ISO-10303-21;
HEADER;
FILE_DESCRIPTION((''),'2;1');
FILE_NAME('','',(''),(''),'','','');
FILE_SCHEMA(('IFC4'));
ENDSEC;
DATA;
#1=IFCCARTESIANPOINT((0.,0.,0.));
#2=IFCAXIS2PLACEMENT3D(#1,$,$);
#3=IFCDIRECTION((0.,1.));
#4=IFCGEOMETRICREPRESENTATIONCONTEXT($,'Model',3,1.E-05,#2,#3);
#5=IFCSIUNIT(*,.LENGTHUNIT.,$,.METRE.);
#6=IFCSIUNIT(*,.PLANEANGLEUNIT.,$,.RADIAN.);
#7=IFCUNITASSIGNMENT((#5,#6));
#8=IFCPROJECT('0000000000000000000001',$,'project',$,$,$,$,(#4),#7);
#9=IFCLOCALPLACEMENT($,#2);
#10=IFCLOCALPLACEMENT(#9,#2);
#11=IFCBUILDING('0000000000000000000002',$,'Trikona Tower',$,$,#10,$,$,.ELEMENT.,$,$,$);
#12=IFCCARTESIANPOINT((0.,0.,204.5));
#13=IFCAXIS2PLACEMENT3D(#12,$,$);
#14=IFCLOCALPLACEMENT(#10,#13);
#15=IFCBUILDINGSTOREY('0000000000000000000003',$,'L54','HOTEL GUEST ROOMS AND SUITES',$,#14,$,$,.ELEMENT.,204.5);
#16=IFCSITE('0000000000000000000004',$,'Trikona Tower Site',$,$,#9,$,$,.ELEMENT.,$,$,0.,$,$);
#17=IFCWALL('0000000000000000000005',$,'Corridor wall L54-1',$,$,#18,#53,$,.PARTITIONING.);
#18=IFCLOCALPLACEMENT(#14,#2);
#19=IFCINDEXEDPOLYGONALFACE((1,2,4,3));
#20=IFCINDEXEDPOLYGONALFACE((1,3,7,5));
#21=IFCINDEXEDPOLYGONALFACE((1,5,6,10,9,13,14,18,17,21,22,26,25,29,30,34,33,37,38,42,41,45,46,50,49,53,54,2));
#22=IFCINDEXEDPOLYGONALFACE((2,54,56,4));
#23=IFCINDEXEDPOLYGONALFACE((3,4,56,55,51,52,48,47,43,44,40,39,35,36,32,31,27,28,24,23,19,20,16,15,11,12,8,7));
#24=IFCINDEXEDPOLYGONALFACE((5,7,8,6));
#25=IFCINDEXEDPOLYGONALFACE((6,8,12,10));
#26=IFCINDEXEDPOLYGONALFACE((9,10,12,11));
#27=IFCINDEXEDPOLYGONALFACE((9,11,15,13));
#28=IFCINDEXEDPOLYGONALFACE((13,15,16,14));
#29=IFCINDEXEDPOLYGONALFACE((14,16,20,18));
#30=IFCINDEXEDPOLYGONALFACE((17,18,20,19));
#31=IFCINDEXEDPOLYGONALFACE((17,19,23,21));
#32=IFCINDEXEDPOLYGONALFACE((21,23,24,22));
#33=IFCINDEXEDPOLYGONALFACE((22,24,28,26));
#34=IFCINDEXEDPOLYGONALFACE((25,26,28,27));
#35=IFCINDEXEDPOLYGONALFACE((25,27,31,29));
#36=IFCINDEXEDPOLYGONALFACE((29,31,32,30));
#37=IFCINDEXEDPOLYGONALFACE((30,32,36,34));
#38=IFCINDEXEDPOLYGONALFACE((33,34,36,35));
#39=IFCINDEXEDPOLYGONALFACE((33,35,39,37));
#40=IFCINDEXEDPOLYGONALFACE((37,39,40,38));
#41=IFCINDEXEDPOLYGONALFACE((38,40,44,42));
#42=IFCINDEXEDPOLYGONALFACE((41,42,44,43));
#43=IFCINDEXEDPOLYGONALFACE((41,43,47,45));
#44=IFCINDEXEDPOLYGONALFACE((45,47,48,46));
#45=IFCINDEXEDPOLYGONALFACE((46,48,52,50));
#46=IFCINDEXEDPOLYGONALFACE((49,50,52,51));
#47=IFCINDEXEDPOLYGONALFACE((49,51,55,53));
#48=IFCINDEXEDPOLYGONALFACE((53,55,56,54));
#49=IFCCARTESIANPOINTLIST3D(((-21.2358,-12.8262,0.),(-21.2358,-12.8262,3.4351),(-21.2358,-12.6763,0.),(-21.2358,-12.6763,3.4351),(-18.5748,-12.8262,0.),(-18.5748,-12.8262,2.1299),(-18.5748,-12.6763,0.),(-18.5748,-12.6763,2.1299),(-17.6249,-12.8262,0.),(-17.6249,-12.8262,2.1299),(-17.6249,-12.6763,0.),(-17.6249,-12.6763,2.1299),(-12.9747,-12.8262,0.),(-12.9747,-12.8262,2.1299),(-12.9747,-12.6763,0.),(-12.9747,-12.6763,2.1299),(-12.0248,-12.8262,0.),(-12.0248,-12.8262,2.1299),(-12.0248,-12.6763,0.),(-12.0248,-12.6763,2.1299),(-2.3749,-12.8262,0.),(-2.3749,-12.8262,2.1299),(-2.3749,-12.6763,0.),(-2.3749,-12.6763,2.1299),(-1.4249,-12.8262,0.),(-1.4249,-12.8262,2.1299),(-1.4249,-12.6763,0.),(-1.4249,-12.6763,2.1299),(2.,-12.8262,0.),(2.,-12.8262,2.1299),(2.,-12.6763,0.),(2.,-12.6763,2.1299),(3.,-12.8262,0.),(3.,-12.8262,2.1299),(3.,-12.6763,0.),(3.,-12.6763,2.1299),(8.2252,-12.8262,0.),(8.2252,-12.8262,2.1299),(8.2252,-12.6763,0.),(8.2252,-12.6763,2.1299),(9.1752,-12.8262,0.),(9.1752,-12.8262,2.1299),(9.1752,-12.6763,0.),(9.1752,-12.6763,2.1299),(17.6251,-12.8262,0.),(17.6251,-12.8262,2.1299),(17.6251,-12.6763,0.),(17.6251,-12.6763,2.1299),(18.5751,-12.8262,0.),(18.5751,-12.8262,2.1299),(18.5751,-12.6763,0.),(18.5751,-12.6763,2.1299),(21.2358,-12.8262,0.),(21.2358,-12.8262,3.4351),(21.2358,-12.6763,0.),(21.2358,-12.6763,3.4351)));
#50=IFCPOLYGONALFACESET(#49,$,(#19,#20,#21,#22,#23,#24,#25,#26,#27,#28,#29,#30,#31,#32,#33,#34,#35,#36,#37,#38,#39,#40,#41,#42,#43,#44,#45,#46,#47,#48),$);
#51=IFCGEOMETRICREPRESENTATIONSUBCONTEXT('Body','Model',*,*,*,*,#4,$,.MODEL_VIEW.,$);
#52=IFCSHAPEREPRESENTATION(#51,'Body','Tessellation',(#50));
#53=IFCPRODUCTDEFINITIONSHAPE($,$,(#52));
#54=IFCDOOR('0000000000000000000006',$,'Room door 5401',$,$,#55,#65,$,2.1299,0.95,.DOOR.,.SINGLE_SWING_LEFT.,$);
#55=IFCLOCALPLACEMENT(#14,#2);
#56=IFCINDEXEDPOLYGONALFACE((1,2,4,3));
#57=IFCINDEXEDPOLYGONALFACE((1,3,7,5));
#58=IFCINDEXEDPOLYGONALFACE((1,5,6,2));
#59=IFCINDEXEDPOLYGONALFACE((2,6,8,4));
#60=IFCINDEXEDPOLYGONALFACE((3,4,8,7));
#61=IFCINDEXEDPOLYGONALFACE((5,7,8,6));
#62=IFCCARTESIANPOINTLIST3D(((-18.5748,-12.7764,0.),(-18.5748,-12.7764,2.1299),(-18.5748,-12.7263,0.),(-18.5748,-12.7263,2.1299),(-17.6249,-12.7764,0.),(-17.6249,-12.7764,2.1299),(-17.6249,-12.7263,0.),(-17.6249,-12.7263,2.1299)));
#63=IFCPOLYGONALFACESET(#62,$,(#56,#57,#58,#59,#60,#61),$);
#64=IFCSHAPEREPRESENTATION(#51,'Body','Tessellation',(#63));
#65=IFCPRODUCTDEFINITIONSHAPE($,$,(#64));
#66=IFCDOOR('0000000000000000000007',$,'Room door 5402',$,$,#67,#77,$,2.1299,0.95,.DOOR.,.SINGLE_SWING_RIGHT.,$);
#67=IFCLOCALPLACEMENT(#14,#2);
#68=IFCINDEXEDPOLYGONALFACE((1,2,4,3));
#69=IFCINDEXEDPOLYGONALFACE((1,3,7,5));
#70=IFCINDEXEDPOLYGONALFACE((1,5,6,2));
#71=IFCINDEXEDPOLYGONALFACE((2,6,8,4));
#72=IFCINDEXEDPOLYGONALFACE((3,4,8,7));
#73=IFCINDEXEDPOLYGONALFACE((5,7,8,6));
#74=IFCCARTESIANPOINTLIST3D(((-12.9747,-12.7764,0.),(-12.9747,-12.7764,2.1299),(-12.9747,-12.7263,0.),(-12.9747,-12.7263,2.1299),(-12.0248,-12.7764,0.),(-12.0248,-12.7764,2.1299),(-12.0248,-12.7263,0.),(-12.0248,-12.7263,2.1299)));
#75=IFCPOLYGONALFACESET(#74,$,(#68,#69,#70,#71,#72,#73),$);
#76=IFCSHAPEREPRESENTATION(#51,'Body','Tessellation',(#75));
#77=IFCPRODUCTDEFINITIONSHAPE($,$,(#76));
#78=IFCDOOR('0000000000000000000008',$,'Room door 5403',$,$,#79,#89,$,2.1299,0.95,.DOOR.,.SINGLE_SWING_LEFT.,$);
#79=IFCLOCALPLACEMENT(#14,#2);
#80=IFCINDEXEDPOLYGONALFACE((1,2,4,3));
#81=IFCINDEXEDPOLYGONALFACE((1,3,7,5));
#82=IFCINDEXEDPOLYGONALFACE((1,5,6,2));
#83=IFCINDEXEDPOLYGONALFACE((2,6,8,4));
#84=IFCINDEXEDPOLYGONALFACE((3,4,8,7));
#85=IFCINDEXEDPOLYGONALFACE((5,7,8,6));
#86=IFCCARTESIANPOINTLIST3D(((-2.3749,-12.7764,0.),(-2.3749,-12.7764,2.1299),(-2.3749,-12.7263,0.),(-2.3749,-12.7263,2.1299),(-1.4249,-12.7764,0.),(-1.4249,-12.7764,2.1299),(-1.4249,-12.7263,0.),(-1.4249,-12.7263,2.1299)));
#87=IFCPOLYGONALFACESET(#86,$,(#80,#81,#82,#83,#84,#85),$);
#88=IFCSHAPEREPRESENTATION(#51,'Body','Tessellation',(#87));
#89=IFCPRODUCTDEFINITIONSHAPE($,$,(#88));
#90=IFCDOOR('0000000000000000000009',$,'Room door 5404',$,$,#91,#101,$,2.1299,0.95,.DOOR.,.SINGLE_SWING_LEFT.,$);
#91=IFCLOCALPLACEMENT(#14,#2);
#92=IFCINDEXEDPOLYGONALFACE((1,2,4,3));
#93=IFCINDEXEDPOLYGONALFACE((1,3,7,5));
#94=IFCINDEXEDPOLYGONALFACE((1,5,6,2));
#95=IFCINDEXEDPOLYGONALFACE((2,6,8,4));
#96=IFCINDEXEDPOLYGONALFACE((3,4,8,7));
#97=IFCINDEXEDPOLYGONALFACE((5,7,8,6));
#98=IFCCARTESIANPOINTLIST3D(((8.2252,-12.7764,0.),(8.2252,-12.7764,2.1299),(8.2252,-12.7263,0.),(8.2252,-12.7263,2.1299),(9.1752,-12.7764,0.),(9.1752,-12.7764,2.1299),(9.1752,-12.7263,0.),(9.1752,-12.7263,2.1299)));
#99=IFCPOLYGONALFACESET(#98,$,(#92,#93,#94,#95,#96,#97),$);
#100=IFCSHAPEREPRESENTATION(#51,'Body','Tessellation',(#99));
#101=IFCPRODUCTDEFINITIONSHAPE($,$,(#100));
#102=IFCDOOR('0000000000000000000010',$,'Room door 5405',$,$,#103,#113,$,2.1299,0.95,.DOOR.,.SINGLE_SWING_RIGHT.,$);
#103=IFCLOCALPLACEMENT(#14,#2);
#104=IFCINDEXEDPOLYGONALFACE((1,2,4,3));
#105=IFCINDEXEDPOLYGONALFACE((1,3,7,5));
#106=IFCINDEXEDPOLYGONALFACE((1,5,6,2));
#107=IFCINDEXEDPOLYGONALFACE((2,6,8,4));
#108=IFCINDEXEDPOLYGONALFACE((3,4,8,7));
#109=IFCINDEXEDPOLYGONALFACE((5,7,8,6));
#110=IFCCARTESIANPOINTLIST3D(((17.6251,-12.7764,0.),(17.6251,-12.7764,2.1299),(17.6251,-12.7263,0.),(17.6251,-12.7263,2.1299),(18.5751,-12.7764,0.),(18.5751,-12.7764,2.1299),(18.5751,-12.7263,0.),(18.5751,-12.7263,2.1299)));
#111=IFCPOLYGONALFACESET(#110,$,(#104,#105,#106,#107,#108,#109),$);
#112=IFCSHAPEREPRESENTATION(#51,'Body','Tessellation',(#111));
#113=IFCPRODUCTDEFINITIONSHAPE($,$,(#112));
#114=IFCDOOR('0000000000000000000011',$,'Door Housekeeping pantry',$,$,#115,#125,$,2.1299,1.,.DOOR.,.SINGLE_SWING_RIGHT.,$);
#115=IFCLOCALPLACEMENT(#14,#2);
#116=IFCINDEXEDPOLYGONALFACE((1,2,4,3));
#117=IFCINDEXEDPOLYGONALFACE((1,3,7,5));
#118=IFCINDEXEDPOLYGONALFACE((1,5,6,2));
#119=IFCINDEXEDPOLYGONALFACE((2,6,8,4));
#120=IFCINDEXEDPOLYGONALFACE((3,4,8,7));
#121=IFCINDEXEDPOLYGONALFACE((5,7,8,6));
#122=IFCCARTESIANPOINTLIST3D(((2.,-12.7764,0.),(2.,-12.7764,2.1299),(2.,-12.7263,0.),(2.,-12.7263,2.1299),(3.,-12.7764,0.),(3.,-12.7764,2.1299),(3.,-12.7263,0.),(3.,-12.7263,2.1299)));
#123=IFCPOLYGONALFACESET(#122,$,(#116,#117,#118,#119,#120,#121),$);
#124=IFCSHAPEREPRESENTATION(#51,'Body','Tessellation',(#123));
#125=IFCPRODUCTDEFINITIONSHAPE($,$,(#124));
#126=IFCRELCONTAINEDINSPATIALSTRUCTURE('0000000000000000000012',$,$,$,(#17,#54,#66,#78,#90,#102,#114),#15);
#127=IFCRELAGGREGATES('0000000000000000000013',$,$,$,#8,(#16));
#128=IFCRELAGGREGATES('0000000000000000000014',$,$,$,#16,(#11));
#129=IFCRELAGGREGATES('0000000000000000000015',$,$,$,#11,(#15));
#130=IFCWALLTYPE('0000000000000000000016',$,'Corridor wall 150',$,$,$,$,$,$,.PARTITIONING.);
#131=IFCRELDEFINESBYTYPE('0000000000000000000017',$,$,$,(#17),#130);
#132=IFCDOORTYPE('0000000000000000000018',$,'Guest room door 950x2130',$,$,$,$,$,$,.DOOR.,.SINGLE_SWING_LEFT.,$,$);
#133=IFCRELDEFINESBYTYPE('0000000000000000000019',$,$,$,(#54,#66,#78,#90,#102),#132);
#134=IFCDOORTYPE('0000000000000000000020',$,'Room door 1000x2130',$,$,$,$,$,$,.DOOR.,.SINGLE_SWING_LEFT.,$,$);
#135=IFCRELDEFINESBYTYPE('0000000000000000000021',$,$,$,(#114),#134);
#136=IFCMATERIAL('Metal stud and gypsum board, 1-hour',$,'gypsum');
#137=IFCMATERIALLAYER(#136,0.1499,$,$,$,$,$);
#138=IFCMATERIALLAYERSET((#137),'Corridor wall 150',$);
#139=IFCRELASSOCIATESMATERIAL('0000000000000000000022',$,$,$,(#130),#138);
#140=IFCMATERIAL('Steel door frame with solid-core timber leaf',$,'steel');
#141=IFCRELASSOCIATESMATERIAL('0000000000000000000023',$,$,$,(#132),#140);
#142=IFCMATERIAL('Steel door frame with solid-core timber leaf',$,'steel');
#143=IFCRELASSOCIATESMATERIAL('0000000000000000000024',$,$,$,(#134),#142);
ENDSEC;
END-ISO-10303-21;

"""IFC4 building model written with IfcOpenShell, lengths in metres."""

from ifc_helpers import new_model, si_unit, direction, frame, frame_2d, origin, place, context, subcontext, project, spatial, rectangle, extrude, material, layer, layer_set, type_object, element, fill, save


model = new_model("IFC4")

# Units and contexts
model_context = context("Model", 3, precision=1e-05, world=origin(), true_north=direction((0.0, 1.0)))
body_context = subcontext(model_context, "Body", "Model", "MODEL_VIEW")
ifc_project = project(units=[si_unit("LENGTHUNIT", "METRE"), si_unit("PLANEANGLEUNIT", "RADIAN")], contexts=[model_context])

# Site, building, storey
site_placement = place(None, origin())
site = spatial("IfcSite", under=ifc_project, at=site_placement, Name="Trikona Tower Site", CompositionType="ELEMENT", RefElevation=0.0)
building_placement = place(site_placement, origin())
building = spatial("IfcBuilding", under=site, at=building_placement, Name="Trikona Tower", CompositionType="ELEMENT")
storey_placement = place(building_placement, frame((0.0, 0.0, 204.5)))
storey = spatial("IfcBuildingStorey", under=building, at=storey_placement, Name="L54", Description="HOTEL GUEST ROOMS AND SUITES", CompositionType="ELEMENT", Elevation=204.5)

# Wall, openings, doors
ifc_material_1 = material(Name="Metal stud and gypsum board, 1-hour", Category="gypsum")
ifc_layer_1 = layer(ifc_material_1, 0.1499)
ifc_layer_set_1 = layer_set([ifc_layer_1], Name="Corridor wall 150")
wall_type_1 = type_object("IfcWallType", Name="Corridor wall 150", PredefinedType="PARTITIONING", material=ifc_layer_set_1)
wall_1_placement = place(storey_placement, frame((-21.2358, -12.7512, 0.0), z_axis=(0.0, 0.0, 1.0), x_axis=(1.0, 0.0, 0.0)))
wall_1 = element("IfcWall", 1, at=wall_1_placement, inside=storey, type_object=wall_type_1, Name="Corridor wall L54-1", PredefinedType="PARTITIONING", context=body_context, shape_type="SweptSolid", body=[
    extrude(rectangle(XDim=42.4717, YDim=0.1499, at=frame_2d((21.2358, 0.0))), origin(), (0.0, 0.0, 1.0), 3.4351),
])
opening_1_placement = place(wall_1_placement, frame((2.6609, 0.0, 0.0)))
opening_1 = element("IfcOpeningElement", 2, at=opening_1_placement, cuts=wall_1, PredefinedType="OPENING", context=body_context, shape_type="SweptSolid", body=[
    extrude(rectangle(XDim=0.95, YDim=2.1299, at=frame_2d((0.4751, 1.0649))), frame((0.0, 0.085, 0.0), z_axis=(0.0, -1.0, 0.0), x_axis=(1.0, 0.0, 0.0)), (0.0, 0.0, 1.0), 0.1699),
])
opening_2_placement = place(wall_1_placement, frame((8.261, 0.0, 0.0)))
opening_2 = element("IfcOpeningElement", 3, at=opening_2_placement, cuts=wall_1, PredefinedType="OPENING", context=body_context, shape_type="SweptSolid", body=[
    extrude(rectangle(XDim=0.95, YDim=2.1299, at=frame_2d((0.4751, 1.0649))), frame((0.0, 0.085, 0.0), z_axis=(0.0, -1.0, 0.0), x_axis=(1.0, 0.0, 0.0)), (0.0, 0.0, 1.0), 0.1699),
])
opening_3_placement = place(wall_1_placement, frame((18.8608, 0.0, 0.0)))
opening_3 = element("IfcOpeningElement", 4, at=opening_3_placement, cuts=wall_1, PredefinedType="OPENING", context=body_context, shape_type="SweptSolid", body=[
    extrude(rectangle(XDim=0.95, YDim=2.1299, at=frame_2d((0.4751, 1.0649))), frame((0.0, 0.085, 0.0), z_axis=(0.0, -1.0, 0.0), x_axis=(1.0, 0.0, 0.0)), (0.0, 0.0, 1.0), 0.1699),
])
opening_4_placement = place(wall_1_placement, frame((23.2358, 0.0, 0.0)))
opening_4 = element("IfcOpeningElement", 5, at=opening_4_placement, cuts=wall_1, PredefinedType="OPENING", context=body_context, shape_type="SweptSolid", body=[
    extrude(rectangle(XDim=1.0, YDim=2.1299, at=frame_2d((0.5, 1.0649))), frame((0.0, 0.085, 0.0), z_axis=(0.0, -1.0, 0.0), x_axis=(1.0, 0.0, 0.0)), (0.0, 0.0, 1.0), 0.1699),
])
opening_5_placement = place(wall_1_placement, frame((29.4609, 0.0, 0.0)))
opening_5 = element("IfcOpeningElement", 6, at=opening_5_placement, cuts=wall_1, PredefinedType="OPENING", context=body_context, shape_type="SweptSolid", body=[
    extrude(rectangle(XDim=0.95, YDim=2.1299, at=frame_2d((0.4751, 1.0649))), frame((0.0, 0.085, 0.0), z_axis=(0.0, -1.0, 0.0), x_axis=(1.0, 0.0, 0.0)), (0.0, 0.0, 1.0), 0.1699),
])
opening_6_placement = place(wall_1_placement, frame((38.8608, 0.0, 0.0)))
opening_6 = element("IfcOpeningElement", 7, at=opening_6_placement, cuts=wall_1, PredefinedType="OPENING", context=body_context, shape_type="SweptSolid", body=[
    extrude(rectangle(XDim=0.95, YDim=2.1299, at=frame_2d((0.4751, 1.0649))), frame((0.0, 0.085, 0.0), z_axis=(0.0, -1.0, 0.0), x_axis=(1.0, 0.0, 0.0)), (0.0, 0.0, 1.0), 0.1699),
])
ifc_material_2 = material(Name="Steel door frame with solid-core timber leaf", Category="steel")
door_type_1 = type_object("IfcDoorType", Name="Guest room door 950x2130", OperationType="SINGLE_SWING_LEFT", PredefinedType="DOOR", material=ifc_material_2)
door_1_placement = place(opening_1_placement, origin())
door_1 = element("IfcDoor", 8, at=door_1_placement, inside=storey, type_object=door_type_1, Name="Room door 5401", OperationType="SINGLE_SWING_LEFT", OverallHeight=2.1299, OverallWidth=0.95, PredefinedType="DOOR", context=body_context, shape_type="SweptSolid", body=[
    extrude(rectangle(XDim=0.95, YDim=2.1299, at=frame_2d((0.4751, 1.0649))), frame((0.0, 0.0249, 0.0), z_axis=(0.0, -1.0, 0.0), x_axis=(1.0, 0.0, 0.0)), (0.0, 0.0, 1.0), 0.05),
])
fill(opening_1, door_1)
door_2_placement = place(opening_2_placement, origin())
door_2 = element("IfcDoor", 9, at=door_2_placement, inside=storey, type_object=door_type_1, Name="Room door 5402", OperationType="SINGLE_SWING_RIGHT", OverallHeight=2.1299, OverallWidth=0.95, PredefinedType="DOOR", context=body_context, shape_type="SweptSolid", body=[
    extrude(rectangle(XDim=0.95, YDim=2.1299, at=frame_2d((0.4751, 1.0649))), frame((0.0, 0.0249, 0.0), z_axis=(0.0, -1.0, 0.0), x_axis=(1.0, 0.0, 0.0)), (0.0, 0.0, 1.0), 0.05),
])
fill(opening_2, door_2)
door_3_placement = place(opening_3_placement, origin())
door_3 = element("IfcDoor", 10, at=door_3_placement, inside=storey, type_object=door_type_1, Name="Room door 5403", OperationType="SINGLE_SWING_LEFT", OverallHeight=2.1299, OverallWidth=0.95, PredefinedType="DOOR", context=body_context, shape_type="SweptSolid", body=[
    extrude(rectangle(XDim=0.95, YDim=2.1299, at=frame_2d((0.4751, 1.0649))), frame((0.0, 0.0249, 0.0), z_axis=(0.0, -1.0, 0.0), x_axis=(1.0, 0.0, 0.0)), (0.0, 0.0, 1.0), 0.05),
])
fill(opening_3, door_3)
door_4_placement = place(opening_5_placement, origin())
door_4 = element("IfcDoor", 11, at=door_4_placement, inside=storey, type_object=door_type_1, Name="Room door 5404", OperationType="SINGLE_SWING_LEFT", OverallHeight=2.1299, OverallWidth=0.95, PredefinedType="DOOR", context=body_context, shape_type="SweptSolid", body=[
    extrude(rectangle(XDim=0.95, YDim=2.1299, at=frame_2d((0.4751, 1.0649))), frame((0.0, 0.0249, 0.0), z_axis=(0.0, -1.0, 0.0), x_axis=(1.0, 0.0, 0.0)), (0.0, 0.0, 1.0), 0.05),
])
fill(opening_5, door_4)
door_5_placement = place(opening_6_placement, origin())
door_5 = element("IfcDoor", 12, at=door_5_placement, inside=storey, type_object=door_type_1, Name="Room door 5405", OperationType="SINGLE_SWING_RIGHT", OverallHeight=2.1299, OverallWidth=0.95, PredefinedType="DOOR", context=body_context, shape_type="SweptSolid", body=[
    extrude(rectangle(XDim=0.95, YDim=2.1299, at=frame_2d((0.4751, 1.0649))), frame((0.0, 0.0249, 0.0), z_axis=(0.0, -1.0, 0.0), x_axis=(1.0, 0.0, 0.0)), (0.0, 0.0, 1.0), 0.05),
])
fill(opening_6, door_5)
ifc_material_3 = material(Name="Steel door frame with solid-core timber leaf", Category="steel")
door_type_2 = type_object("IfcDoorType", Name="Room door 1000x2130", OperationType="SINGLE_SWING_LEFT", PredefinedType="DOOR", material=ifc_material_3)
door_6_placement = place(opening_4_placement, origin())
door_6 = element("IfcDoor", 13, at=door_6_placement, inside=storey, type_object=door_type_2, Name="Door Housekeeping pantry", OperationType="SINGLE_SWING_RIGHT", OverallHeight=2.1299, OverallWidth=1.0, PredefinedType="DOOR", context=body_context, shape_type="SweptSolid", body=[
    extrude(rectangle(XDim=1.0, YDim=2.1299, at=frame_2d((0.5, 1.0649))), frame((0.0, 0.0249, 0.0), z_axis=(0.0, -1.0, 0.0), x_axis=(1.0, 0.0, 0.0)), (0.0, 0.0, 1.0), 0.05),
])
fill(opening_4, door_6)

save(model, "model.ifc")
